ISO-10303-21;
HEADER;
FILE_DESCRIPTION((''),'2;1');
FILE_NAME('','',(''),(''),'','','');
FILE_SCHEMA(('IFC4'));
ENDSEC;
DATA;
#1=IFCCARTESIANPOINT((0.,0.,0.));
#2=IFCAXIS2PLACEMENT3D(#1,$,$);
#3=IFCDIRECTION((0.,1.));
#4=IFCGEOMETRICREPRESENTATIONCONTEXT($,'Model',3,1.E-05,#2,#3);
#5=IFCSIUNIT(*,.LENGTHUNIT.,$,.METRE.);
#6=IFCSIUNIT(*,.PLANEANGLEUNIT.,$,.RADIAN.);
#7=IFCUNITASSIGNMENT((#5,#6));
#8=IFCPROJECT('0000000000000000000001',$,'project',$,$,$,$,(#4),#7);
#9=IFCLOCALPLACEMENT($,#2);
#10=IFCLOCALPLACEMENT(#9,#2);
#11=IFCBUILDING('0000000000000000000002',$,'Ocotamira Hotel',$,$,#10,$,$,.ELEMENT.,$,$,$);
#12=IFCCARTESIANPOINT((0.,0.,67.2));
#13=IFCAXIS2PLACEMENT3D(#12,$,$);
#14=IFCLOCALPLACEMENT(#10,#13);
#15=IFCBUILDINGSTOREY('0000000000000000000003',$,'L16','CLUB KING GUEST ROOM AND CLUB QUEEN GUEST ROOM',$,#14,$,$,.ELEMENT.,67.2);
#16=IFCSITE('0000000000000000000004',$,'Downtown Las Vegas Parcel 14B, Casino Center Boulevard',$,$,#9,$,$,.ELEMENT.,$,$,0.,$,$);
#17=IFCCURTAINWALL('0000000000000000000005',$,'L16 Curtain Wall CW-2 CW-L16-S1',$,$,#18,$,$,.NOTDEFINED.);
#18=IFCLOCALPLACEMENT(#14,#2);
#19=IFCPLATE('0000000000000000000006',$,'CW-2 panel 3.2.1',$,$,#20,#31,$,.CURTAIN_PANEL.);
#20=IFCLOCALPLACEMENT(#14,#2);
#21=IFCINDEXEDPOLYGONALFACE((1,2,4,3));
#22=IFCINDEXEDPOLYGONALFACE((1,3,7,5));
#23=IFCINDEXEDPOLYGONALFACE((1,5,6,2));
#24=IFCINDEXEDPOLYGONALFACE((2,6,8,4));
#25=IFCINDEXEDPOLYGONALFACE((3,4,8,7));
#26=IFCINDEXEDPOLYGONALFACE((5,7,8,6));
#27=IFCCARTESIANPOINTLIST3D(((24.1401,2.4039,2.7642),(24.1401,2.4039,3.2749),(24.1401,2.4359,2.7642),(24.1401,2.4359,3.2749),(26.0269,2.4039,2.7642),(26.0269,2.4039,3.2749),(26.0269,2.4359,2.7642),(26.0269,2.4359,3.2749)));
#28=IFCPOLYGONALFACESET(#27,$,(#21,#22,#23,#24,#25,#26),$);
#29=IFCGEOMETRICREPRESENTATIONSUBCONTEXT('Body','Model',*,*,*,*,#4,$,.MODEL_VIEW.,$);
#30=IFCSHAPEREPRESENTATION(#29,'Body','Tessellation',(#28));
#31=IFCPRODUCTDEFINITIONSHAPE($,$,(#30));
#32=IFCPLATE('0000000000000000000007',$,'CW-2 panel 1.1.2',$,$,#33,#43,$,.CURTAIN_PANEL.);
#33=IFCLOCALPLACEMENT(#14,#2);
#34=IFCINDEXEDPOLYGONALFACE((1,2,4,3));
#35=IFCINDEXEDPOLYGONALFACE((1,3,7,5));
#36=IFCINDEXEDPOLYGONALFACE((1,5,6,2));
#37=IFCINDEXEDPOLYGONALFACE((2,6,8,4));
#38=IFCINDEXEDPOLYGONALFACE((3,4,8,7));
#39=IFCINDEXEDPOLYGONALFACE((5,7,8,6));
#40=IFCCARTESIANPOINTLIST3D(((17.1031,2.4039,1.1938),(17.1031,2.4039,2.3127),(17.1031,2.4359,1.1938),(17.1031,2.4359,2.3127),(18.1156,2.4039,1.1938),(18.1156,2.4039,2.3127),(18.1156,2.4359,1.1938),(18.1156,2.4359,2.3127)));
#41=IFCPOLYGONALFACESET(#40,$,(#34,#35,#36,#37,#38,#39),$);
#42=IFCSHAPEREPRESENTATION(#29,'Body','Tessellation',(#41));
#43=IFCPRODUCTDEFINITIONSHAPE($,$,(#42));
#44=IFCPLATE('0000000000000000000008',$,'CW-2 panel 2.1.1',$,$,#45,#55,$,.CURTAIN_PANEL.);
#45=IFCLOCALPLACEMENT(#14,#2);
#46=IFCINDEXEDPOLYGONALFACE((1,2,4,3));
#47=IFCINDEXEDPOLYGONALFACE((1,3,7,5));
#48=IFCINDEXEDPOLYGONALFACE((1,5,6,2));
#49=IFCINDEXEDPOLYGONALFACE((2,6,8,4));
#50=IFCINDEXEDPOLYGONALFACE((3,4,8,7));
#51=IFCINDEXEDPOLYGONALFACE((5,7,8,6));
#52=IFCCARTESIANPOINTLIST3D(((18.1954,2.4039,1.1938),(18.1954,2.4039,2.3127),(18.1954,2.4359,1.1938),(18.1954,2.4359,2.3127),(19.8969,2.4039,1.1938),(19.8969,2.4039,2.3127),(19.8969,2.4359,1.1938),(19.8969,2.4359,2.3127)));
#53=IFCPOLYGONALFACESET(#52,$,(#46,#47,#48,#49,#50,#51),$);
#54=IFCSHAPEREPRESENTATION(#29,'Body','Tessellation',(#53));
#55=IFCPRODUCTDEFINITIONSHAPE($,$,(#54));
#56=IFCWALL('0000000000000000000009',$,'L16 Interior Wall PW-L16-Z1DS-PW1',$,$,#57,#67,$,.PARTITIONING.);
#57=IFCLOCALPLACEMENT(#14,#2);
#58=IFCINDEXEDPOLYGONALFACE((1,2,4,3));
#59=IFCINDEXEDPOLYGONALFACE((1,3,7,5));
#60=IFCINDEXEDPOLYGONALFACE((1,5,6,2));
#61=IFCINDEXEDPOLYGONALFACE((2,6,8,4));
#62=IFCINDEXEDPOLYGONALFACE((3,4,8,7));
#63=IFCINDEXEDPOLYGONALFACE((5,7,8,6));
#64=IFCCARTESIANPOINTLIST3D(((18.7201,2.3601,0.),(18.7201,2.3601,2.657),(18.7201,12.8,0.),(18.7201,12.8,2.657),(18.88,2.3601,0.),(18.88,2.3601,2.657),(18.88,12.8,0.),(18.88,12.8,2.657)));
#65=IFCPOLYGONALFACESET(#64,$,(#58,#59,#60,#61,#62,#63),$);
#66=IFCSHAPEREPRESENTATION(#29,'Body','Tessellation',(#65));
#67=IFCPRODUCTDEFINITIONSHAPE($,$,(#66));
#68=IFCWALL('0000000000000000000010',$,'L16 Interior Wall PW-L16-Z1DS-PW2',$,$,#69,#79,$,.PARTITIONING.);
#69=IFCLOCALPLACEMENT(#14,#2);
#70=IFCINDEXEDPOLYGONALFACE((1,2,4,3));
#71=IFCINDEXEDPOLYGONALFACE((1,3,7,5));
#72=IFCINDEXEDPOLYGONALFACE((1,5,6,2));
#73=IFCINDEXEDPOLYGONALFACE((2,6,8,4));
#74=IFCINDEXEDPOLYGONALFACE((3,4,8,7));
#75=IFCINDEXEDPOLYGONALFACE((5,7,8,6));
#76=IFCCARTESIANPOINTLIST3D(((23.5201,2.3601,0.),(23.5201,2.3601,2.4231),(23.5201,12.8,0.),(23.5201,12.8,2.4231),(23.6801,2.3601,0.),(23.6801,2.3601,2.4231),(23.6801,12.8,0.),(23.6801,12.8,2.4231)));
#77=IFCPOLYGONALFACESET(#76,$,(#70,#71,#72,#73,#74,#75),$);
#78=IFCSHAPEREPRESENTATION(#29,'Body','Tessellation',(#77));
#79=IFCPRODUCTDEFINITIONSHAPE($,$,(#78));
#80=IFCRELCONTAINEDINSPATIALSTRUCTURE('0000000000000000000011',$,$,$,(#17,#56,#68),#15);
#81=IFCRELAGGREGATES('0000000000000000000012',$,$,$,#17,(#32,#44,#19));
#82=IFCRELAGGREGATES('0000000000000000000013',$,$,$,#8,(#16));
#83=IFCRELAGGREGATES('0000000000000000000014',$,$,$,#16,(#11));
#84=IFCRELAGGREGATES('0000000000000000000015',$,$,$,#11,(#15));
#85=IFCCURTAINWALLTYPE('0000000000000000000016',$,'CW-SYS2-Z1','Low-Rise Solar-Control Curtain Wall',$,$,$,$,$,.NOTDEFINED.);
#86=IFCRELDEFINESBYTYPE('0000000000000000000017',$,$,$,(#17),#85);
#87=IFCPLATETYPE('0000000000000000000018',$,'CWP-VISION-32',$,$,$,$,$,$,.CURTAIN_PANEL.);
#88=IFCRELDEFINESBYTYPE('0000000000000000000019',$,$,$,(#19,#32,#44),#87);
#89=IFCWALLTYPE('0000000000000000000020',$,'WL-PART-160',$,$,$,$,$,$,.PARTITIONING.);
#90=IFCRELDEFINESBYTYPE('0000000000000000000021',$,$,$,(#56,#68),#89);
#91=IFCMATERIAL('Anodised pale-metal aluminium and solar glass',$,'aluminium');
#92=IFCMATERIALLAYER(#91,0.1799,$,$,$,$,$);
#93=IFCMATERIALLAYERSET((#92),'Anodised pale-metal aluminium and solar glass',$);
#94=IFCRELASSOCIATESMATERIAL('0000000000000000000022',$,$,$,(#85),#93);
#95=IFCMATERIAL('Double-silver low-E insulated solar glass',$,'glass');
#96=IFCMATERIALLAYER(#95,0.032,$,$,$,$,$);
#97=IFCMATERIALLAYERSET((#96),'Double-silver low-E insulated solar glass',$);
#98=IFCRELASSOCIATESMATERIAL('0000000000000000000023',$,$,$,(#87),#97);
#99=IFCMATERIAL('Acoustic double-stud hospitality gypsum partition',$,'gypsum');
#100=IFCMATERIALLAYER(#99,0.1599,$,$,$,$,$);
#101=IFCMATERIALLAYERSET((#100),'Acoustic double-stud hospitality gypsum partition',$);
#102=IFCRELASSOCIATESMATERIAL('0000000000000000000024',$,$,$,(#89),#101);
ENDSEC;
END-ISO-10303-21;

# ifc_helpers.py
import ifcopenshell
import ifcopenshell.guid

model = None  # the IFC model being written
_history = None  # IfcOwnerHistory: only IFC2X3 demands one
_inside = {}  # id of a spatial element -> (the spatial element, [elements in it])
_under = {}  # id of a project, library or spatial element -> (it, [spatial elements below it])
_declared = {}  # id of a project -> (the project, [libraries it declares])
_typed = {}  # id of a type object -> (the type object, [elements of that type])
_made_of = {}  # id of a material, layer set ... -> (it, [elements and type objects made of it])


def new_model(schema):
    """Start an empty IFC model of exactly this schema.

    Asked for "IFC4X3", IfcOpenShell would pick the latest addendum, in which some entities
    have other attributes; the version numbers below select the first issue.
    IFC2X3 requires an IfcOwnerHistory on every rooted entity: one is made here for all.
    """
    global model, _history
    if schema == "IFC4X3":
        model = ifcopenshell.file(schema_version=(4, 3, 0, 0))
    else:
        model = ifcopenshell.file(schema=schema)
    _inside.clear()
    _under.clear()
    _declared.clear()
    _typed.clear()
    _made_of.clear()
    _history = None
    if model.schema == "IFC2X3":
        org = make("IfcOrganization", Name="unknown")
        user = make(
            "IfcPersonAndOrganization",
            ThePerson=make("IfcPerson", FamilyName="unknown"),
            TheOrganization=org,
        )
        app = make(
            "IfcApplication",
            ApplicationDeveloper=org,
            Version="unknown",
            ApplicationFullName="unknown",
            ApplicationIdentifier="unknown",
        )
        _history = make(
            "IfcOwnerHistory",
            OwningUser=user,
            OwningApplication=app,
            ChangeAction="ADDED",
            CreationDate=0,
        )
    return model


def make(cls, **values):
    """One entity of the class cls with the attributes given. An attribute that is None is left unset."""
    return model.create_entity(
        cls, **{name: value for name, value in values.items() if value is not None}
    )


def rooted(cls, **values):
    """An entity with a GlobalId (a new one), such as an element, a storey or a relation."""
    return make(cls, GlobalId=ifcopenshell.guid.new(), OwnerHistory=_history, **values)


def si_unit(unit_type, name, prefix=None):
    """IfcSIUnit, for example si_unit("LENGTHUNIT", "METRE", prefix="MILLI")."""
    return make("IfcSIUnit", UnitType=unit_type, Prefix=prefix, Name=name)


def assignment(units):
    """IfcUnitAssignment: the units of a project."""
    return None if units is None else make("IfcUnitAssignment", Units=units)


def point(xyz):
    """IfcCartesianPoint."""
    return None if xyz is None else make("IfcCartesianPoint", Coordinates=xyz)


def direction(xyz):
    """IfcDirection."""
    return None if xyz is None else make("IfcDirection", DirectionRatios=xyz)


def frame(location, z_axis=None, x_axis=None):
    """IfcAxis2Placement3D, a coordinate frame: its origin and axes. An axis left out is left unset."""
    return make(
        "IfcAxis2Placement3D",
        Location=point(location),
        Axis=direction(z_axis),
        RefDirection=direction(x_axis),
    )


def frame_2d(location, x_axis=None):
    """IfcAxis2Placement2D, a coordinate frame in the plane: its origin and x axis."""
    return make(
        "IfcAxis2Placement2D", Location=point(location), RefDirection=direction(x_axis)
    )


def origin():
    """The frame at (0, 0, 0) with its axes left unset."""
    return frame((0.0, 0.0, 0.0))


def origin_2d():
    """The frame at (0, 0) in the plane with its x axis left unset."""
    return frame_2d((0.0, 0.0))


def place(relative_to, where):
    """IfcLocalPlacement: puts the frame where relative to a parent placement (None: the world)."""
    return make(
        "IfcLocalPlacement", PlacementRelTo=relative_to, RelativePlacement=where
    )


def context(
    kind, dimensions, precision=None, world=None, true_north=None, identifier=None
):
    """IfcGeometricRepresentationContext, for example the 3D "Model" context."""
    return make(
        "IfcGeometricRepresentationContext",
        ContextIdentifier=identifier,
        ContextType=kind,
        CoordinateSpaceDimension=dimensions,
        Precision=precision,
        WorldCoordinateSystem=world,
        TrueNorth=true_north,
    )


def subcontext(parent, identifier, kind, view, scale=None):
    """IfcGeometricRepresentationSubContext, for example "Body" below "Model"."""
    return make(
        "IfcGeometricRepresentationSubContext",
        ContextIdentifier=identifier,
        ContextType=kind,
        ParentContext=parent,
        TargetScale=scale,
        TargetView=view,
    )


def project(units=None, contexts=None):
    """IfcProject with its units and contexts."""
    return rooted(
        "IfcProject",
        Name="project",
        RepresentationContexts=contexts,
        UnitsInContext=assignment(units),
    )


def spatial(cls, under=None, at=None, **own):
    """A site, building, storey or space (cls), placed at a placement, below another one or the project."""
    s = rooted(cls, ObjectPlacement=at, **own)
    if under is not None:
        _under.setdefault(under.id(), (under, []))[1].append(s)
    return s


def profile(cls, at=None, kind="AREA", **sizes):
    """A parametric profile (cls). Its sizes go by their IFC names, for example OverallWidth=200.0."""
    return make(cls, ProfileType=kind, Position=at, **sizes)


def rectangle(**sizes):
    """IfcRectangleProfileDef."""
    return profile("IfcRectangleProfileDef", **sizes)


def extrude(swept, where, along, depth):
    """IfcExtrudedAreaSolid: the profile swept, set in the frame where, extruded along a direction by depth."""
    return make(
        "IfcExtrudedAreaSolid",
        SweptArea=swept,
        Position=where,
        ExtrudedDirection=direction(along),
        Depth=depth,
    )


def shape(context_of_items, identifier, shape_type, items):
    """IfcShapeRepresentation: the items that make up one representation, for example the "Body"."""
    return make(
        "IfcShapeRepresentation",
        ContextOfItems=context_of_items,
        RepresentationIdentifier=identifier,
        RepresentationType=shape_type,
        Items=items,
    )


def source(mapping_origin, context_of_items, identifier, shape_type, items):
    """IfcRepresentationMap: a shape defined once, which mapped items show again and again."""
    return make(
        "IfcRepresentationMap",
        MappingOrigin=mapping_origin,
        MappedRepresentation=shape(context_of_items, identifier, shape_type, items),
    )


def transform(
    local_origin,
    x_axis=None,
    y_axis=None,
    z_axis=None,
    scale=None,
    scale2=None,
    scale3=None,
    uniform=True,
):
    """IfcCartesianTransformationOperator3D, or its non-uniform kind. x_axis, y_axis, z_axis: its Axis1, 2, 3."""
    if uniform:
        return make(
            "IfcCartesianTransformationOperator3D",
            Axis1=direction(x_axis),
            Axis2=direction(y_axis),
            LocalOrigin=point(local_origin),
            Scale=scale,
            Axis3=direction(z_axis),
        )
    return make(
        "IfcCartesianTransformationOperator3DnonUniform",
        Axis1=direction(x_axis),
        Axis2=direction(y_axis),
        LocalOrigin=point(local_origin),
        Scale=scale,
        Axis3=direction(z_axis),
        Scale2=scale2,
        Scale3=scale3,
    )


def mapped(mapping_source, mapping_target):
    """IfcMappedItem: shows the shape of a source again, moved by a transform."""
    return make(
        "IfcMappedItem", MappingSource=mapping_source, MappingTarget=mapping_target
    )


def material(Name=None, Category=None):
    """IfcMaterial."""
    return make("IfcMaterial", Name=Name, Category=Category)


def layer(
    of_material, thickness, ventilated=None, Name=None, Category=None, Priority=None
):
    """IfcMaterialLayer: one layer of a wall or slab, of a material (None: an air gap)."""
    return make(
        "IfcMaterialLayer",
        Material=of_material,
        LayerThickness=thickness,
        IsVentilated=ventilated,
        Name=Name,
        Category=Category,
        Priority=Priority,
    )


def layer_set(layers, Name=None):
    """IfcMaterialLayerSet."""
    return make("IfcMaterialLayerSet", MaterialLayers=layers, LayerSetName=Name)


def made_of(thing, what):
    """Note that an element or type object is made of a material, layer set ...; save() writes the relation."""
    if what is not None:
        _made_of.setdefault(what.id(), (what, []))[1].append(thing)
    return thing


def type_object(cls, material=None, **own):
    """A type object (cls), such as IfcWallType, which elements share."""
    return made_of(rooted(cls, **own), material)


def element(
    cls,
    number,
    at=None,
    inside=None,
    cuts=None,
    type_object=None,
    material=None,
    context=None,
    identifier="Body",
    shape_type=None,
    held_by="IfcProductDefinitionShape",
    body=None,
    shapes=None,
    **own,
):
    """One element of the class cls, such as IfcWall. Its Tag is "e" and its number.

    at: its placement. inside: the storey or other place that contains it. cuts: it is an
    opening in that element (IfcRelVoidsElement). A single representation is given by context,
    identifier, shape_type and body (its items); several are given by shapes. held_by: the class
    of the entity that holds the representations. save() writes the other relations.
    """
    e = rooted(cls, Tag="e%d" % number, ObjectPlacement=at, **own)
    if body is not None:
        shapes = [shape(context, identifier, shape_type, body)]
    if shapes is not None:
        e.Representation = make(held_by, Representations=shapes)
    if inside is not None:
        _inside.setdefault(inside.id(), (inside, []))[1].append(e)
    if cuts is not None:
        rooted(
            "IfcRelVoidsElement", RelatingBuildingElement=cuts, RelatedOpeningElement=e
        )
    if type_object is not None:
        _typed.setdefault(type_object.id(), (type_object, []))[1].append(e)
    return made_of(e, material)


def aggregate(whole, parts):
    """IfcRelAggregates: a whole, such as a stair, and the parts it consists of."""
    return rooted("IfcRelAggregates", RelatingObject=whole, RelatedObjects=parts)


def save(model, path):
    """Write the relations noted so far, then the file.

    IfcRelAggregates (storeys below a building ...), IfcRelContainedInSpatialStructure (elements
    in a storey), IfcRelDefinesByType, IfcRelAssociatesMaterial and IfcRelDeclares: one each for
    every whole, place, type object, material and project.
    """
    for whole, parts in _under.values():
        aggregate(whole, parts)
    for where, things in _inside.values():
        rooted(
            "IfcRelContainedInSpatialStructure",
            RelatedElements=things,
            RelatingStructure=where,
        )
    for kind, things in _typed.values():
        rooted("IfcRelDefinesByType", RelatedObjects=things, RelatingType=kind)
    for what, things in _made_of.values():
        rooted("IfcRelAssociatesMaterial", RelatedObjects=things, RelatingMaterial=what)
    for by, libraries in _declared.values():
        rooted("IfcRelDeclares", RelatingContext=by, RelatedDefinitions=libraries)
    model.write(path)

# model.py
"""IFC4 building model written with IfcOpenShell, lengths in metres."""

from ifc_helpers import new_model, si_unit, direction, frame, frame_2d, origin, origin_2d, place, context, subcontext, project, spatial, rectangle, extrude, source, transform, mapped, material, layer, layer_set, type_object, element, aggregate, save


model = new_model("IFC4")

# Units and contexts
model_context = context("Model", 3, precision=1e-05, world=origin(), true_north=direction((0.0, 1.0)))
body_context = subcontext(model_context, "Body", "Model", "MODEL_VIEW")
ifc_project = project(units=[si_unit("LENGTHUNIT", "METRE"), si_unit("PLANEANGLEUNIT", "RADIAN")], contexts=[model_context])

# Site, building, storey
site_placement = place(None, origin())
site = spatial("IfcSite", under=ifc_project, at=site_placement, Name="Downtown Las Vegas Parcel 14B, Casino Center Boulevard", CompositionType="ELEMENT", RefElevation=0.0)
building_placement = place(site_placement, origin())
building = spatial("IfcBuilding", under=site, at=building_placement, Name="Ocotamira Hotel", CompositionType="ELEMENT")
storey_placement = place(building_placement, frame((0.0, 0.0, 67.2)))
storey = spatial("IfcBuildingStorey", under=building, at=storey_placement, Name="L16", Description="CLUB KING GUEST ROOM AND CLUB QUEEN GUEST ROOM", CompositionType="ELEMENT", Elevation=67.2)

# Curtain wall
ifc_material_1 = material(Name="Anodised pale-metal aluminium and solar glass", Category="aluminium")
ifc_layer_1 = layer(ifc_material_1, 0.1799)
ifc_layer_set_1 = layer_set([ifc_layer_1], Name="Anodised pale-metal aluminium and solar glass")
curtain_wall_type = type_object("IfcCurtainWallType", Name="CW-SYS2-Z1", Description="Low-Rise Solar-Control Curtain Wall", PredefinedType="NOTDEFINED", material=ifc_layer_set_1)
curtain_wall_placement = place(storey_placement, origin())
curtain_wall = element("IfcCurtainWall", 1, at=curtain_wall_placement, inside=storey, type_object=curtain_wall_type, Name="L16 Curtain Wall CW-2 CW-L16-S1", PredefinedType="NOTDEFINED")

# Plates
ifc_material_2 = material(Name="Double-silver low-E insulated solar glass", Category="glass")
ifc_layer_2 = layer(ifc_material_2, 0.032)
ifc_layer_set_2 = layer_set([ifc_layer_2], Name="Double-silver low-E insulated solar glass")
plate_type_1 = type_object("IfcPlateType", Name="CWP-VISION-32", PredefinedType="CURTAIN_PANEL", material=ifc_layer_set_2)
shared_shape_1 = source(origin(), body_context, "Body", "SweptSolid", [
    extrude(rectangle(XDim=1.8867, YDim=0.032, at=origin_2d()), origin(), (0.0, 0.0, 1.0), 0.5107),
])
plate_1_placement = place(storey_placement, frame((25.0835, 2.4199, 2.7642), z_axis=(0.0, 0.0, 1.0), x_axis=(1.0, 0.0, 0.0)))
plate_1 = element("IfcPlate", 2, at=plate_1_placement, type_object=plate_type_1, Name="CW-2 panel 3.2.1", PredefinedType="CURTAIN_PANEL", context=body_context, shape_type="MappedRepresentation", body=[
    mapped(shared_shape_1, transform((0.0, 0.0, 0.0), scale=1.0)),
])
shared_shape_2 = source(origin(), body_context, "Body", "SweptSolid", [
    extrude(rectangle(XDim=1.0125, YDim=0.032, at=origin_2d()), origin(), (0.0, 0.0, 1.0), 1.1189),
])
plate_2_placement = place(storey_placement, frame((17.6094, 2.4199, 1.1938), z_axis=(0.0, 0.0, 1.0), x_axis=(1.0, 0.0, 0.0)))
plate_2 = element("IfcPlate", 3, at=plate_2_placement, type_object=plate_type_1, Name="CW-2 panel 1.1.2", PredefinedType="CURTAIN_PANEL", context=body_context, shape_type="MappedRepresentation", body=[
    mapped(shared_shape_2, transform((0.0, 0.0, 0.0), scale=1.0)),
])
shared_shape_3 = source(origin(), body_context, "Body", "SweptSolid", [
    extrude(rectangle(XDim=1.7014, YDim=0.032, at=origin_2d()), origin(), (0.0, 0.0, 1.0), 1.1189),
])
plate_3_placement = place(storey_placement, frame((19.0461, 2.4199, 1.1938), z_axis=(0.0, 0.0, 1.0), x_axis=(1.0, 0.0, 0.0)))
plate_3 = element("IfcPlate", 4, at=plate_3_placement, type_object=plate_type_1, Name="CW-2 panel 2.1.1", PredefinedType="CURTAIN_PANEL", context=body_context, shape_type="MappedRepresentation", body=[
    mapped(shared_shape_3, transform((0.0, 0.0, 0.0), scale=1.0)),
])
aggregate(curtain_wall, [plate_2, plate_3, plate_1])

# Walls
ifc_material_3 = material(Name="Acoustic double-stud hospitality gypsum partition", Category="gypsum")
ifc_layer_3 = layer(ifc_material_3, 0.1599)
ifc_layer_set_3 = layer_set([ifc_layer_3], Name="Acoustic double-stud hospitality gypsum partition")
wall_type = type_object("IfcWallType", Name="WL-PART-160", PredefinedType="PARTITIONING", material=ifc_layer_set_3)
wall_1_placement = place(storey_placement, frame((18.8, 2.3601, 0.0), z_axis=(0.0, 0.0, 1.0), x_axis=(0.0, 1.0, 0.0)))
element("IfcWall", 5, at=wall_1_placement, inside=storey, type_object=wall_type, Name="L16 Interior Wall PW-L16-Z1DS-PW1", PredefinedType="PARTITIONING", context=body_context, shape_type="SweptSolid", body=[
    extrude(rectangle(XDim=10.4399, YDim=0.1599, at=frame_2d((5.22, 0.0))), origin(), (0.0, 0.0, 1.0), 2.657),
])
wall_2_placement = place(storey_placement, frame((23.6001, 2.3601, 0.0), z_axis=(0.0, 0.0, 1.0), x_axis=(0.0, 1.0, 0.0)))
element("IfcWall", 6, at=wall_2_placement, inside=storey, type_object=wall_type, Name="L16 Interior Wall PW-L16-Z1DS-PW2", PredefinedType="PARTITIONING", context=body_context, shape_type="SweptSolid", body=[
    extrude(rectangle(XDim=10.4399, YDim=0.1599, at=frame_2d((5.22, 0.0))), origin(), (0.0, 0.0, 1.0), 2.4231),
])

save(model, "model.ifc")
